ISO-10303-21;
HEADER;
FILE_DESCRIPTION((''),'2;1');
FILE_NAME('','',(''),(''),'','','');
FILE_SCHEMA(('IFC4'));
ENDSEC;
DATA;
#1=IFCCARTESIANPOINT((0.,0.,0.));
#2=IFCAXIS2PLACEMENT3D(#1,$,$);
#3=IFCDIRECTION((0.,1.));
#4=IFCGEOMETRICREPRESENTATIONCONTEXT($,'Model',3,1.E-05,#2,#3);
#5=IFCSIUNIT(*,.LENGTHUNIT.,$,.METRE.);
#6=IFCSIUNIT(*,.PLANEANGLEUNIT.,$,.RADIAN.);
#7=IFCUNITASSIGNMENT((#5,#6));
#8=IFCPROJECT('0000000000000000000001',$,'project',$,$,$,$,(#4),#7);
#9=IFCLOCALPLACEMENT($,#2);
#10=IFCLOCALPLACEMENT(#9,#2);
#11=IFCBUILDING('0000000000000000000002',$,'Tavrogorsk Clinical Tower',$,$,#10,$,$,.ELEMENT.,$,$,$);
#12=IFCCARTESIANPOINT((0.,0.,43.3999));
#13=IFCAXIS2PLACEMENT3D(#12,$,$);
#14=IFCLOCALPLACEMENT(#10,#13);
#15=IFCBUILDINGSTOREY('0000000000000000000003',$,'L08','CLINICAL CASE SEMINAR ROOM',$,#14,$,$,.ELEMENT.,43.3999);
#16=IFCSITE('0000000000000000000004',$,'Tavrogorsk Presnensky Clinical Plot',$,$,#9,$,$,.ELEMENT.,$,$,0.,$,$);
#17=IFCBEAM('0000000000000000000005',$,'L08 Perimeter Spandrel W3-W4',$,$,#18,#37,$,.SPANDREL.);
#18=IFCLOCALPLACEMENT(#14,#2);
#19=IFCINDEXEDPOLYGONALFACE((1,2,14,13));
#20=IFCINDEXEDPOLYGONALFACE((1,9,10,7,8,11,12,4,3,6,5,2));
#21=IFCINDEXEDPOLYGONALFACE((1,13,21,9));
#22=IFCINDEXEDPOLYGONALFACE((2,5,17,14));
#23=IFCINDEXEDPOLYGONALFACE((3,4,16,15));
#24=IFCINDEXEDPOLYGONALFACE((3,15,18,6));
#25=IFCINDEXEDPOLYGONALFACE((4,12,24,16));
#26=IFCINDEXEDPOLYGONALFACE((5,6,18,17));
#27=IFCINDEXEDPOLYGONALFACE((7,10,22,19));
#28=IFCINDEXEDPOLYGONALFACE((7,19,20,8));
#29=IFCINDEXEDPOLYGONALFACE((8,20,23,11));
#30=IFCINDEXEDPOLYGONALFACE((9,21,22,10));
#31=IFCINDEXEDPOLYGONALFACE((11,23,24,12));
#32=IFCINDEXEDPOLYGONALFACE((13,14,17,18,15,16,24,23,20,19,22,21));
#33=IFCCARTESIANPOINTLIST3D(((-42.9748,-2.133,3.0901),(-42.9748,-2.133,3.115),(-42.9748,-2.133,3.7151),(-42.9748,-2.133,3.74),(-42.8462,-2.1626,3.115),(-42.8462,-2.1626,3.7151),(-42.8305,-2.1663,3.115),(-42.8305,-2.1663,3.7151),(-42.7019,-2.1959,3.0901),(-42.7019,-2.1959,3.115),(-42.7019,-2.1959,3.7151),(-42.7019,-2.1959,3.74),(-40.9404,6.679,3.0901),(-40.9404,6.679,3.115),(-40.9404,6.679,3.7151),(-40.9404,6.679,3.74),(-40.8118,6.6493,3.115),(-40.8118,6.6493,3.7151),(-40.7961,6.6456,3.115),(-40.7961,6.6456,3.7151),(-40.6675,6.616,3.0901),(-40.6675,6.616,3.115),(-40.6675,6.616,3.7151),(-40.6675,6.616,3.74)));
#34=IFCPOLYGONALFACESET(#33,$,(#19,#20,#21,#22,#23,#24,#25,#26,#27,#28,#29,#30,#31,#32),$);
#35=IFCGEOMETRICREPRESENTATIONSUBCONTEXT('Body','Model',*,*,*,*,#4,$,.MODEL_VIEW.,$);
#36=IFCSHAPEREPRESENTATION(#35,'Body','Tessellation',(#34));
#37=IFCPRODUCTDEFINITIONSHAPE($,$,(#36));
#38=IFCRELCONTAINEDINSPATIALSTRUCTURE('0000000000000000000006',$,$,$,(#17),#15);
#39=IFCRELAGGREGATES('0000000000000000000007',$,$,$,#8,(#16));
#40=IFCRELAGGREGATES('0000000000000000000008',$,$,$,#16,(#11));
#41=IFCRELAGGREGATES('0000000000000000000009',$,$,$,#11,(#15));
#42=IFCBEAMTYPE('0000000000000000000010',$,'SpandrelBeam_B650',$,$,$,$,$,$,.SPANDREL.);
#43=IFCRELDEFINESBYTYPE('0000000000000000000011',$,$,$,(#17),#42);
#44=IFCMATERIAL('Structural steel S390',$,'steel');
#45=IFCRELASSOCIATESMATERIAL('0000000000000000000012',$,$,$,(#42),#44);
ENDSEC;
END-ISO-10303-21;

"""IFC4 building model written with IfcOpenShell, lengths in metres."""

from ifc_helpers import new_model, si_unit, direction, frame, origin, origin_2d, place, context, subcontext, project, spatial, i_section, extrude, material, material_profile, profile_set, type_object, element, save


model = new_model("IFC4")

# Units and contexts
model_context = context("Model", 3, precision=1e-05, world=origin(), true_north=direction((0.0, 1.0)))
body_context = subcontext(model_context, "Body", "Model", "MODEL_VIEW")
ifc_project = project(units=[si_unit("LENGTHUNIT", "METRE"), si_unit("PLANEANGLEUNIT", "RADIAN")], contexts=[model_context])

# Site, building, storey
site_placement = place(None, origin())
site = spatial("IfcSite", under=ifc_project, at=site_placement, Name="Tavrogorsk Presnensky Clinical Plot", CompositionType="ELEMENT", RefElevation=0.0)
building_placement = place(site_placement, origin())
building = spatial("IfcBuilding", under=site, at=building_placement, Name="Tavrogorsk Clinical Tower", CompositionType="ELEMENT")
storey_placement = place(building_placement, frame((0.0, 0.0, 43.3999)))
storey = spatial("IfcBuildingStorey", under=building, at=storey_placement, Name="L08", Description="CLINICAL CASE SEMINAR ROOM", CompositionType="ELEMENT", Elevation=43.3999)

# Beam
ifc_material_1 = material(Name="Structural steel S390", Category="steel")
ifc_material_profile_1 = material_profile(ifc_material_1, i_section(OverallWidth=0.28, OverallDepth=0.6499, WebThickness=0.0161, FlangeThickness=0.0249, at=origin_2d()), Name="B-650x280x16x25")
ifc_profile_set_1 = profile_set([ifc_material_profile_1], Name="Structural steel S390")
beam_type_1 = type_object("IfcBeamType", Name="SpandrelBeam_B650", PredefinedType="SPANDREL", material=ifc_profile_set_1)
beam_1_placement = place(storey_placement, frame((-40.804, 6.6475, 3.415), z_axis=(-0.224952, -0.97437, 0.0), x_axis=(0.97437, -0.224952, 0.0)))
element("IfcBeam", 1, at=beam_1_placement, inside=storey, type_object=beam_type_1, Name="L08 Perimeter Spandrel W3-W4", PredefinedType="SPANDREL", context=body_context, shape_type="SweptSolid", body=[
    extrude(i_section(OverallWidth=0.28, OverallDepth=0.6499, WebThickness=0.0161, FlangeThickness=0.0249, at=origin_2d()), origin(), (0.0, 0.0, 1.0), 9.0437),
])

save(model, "model.ifc")
